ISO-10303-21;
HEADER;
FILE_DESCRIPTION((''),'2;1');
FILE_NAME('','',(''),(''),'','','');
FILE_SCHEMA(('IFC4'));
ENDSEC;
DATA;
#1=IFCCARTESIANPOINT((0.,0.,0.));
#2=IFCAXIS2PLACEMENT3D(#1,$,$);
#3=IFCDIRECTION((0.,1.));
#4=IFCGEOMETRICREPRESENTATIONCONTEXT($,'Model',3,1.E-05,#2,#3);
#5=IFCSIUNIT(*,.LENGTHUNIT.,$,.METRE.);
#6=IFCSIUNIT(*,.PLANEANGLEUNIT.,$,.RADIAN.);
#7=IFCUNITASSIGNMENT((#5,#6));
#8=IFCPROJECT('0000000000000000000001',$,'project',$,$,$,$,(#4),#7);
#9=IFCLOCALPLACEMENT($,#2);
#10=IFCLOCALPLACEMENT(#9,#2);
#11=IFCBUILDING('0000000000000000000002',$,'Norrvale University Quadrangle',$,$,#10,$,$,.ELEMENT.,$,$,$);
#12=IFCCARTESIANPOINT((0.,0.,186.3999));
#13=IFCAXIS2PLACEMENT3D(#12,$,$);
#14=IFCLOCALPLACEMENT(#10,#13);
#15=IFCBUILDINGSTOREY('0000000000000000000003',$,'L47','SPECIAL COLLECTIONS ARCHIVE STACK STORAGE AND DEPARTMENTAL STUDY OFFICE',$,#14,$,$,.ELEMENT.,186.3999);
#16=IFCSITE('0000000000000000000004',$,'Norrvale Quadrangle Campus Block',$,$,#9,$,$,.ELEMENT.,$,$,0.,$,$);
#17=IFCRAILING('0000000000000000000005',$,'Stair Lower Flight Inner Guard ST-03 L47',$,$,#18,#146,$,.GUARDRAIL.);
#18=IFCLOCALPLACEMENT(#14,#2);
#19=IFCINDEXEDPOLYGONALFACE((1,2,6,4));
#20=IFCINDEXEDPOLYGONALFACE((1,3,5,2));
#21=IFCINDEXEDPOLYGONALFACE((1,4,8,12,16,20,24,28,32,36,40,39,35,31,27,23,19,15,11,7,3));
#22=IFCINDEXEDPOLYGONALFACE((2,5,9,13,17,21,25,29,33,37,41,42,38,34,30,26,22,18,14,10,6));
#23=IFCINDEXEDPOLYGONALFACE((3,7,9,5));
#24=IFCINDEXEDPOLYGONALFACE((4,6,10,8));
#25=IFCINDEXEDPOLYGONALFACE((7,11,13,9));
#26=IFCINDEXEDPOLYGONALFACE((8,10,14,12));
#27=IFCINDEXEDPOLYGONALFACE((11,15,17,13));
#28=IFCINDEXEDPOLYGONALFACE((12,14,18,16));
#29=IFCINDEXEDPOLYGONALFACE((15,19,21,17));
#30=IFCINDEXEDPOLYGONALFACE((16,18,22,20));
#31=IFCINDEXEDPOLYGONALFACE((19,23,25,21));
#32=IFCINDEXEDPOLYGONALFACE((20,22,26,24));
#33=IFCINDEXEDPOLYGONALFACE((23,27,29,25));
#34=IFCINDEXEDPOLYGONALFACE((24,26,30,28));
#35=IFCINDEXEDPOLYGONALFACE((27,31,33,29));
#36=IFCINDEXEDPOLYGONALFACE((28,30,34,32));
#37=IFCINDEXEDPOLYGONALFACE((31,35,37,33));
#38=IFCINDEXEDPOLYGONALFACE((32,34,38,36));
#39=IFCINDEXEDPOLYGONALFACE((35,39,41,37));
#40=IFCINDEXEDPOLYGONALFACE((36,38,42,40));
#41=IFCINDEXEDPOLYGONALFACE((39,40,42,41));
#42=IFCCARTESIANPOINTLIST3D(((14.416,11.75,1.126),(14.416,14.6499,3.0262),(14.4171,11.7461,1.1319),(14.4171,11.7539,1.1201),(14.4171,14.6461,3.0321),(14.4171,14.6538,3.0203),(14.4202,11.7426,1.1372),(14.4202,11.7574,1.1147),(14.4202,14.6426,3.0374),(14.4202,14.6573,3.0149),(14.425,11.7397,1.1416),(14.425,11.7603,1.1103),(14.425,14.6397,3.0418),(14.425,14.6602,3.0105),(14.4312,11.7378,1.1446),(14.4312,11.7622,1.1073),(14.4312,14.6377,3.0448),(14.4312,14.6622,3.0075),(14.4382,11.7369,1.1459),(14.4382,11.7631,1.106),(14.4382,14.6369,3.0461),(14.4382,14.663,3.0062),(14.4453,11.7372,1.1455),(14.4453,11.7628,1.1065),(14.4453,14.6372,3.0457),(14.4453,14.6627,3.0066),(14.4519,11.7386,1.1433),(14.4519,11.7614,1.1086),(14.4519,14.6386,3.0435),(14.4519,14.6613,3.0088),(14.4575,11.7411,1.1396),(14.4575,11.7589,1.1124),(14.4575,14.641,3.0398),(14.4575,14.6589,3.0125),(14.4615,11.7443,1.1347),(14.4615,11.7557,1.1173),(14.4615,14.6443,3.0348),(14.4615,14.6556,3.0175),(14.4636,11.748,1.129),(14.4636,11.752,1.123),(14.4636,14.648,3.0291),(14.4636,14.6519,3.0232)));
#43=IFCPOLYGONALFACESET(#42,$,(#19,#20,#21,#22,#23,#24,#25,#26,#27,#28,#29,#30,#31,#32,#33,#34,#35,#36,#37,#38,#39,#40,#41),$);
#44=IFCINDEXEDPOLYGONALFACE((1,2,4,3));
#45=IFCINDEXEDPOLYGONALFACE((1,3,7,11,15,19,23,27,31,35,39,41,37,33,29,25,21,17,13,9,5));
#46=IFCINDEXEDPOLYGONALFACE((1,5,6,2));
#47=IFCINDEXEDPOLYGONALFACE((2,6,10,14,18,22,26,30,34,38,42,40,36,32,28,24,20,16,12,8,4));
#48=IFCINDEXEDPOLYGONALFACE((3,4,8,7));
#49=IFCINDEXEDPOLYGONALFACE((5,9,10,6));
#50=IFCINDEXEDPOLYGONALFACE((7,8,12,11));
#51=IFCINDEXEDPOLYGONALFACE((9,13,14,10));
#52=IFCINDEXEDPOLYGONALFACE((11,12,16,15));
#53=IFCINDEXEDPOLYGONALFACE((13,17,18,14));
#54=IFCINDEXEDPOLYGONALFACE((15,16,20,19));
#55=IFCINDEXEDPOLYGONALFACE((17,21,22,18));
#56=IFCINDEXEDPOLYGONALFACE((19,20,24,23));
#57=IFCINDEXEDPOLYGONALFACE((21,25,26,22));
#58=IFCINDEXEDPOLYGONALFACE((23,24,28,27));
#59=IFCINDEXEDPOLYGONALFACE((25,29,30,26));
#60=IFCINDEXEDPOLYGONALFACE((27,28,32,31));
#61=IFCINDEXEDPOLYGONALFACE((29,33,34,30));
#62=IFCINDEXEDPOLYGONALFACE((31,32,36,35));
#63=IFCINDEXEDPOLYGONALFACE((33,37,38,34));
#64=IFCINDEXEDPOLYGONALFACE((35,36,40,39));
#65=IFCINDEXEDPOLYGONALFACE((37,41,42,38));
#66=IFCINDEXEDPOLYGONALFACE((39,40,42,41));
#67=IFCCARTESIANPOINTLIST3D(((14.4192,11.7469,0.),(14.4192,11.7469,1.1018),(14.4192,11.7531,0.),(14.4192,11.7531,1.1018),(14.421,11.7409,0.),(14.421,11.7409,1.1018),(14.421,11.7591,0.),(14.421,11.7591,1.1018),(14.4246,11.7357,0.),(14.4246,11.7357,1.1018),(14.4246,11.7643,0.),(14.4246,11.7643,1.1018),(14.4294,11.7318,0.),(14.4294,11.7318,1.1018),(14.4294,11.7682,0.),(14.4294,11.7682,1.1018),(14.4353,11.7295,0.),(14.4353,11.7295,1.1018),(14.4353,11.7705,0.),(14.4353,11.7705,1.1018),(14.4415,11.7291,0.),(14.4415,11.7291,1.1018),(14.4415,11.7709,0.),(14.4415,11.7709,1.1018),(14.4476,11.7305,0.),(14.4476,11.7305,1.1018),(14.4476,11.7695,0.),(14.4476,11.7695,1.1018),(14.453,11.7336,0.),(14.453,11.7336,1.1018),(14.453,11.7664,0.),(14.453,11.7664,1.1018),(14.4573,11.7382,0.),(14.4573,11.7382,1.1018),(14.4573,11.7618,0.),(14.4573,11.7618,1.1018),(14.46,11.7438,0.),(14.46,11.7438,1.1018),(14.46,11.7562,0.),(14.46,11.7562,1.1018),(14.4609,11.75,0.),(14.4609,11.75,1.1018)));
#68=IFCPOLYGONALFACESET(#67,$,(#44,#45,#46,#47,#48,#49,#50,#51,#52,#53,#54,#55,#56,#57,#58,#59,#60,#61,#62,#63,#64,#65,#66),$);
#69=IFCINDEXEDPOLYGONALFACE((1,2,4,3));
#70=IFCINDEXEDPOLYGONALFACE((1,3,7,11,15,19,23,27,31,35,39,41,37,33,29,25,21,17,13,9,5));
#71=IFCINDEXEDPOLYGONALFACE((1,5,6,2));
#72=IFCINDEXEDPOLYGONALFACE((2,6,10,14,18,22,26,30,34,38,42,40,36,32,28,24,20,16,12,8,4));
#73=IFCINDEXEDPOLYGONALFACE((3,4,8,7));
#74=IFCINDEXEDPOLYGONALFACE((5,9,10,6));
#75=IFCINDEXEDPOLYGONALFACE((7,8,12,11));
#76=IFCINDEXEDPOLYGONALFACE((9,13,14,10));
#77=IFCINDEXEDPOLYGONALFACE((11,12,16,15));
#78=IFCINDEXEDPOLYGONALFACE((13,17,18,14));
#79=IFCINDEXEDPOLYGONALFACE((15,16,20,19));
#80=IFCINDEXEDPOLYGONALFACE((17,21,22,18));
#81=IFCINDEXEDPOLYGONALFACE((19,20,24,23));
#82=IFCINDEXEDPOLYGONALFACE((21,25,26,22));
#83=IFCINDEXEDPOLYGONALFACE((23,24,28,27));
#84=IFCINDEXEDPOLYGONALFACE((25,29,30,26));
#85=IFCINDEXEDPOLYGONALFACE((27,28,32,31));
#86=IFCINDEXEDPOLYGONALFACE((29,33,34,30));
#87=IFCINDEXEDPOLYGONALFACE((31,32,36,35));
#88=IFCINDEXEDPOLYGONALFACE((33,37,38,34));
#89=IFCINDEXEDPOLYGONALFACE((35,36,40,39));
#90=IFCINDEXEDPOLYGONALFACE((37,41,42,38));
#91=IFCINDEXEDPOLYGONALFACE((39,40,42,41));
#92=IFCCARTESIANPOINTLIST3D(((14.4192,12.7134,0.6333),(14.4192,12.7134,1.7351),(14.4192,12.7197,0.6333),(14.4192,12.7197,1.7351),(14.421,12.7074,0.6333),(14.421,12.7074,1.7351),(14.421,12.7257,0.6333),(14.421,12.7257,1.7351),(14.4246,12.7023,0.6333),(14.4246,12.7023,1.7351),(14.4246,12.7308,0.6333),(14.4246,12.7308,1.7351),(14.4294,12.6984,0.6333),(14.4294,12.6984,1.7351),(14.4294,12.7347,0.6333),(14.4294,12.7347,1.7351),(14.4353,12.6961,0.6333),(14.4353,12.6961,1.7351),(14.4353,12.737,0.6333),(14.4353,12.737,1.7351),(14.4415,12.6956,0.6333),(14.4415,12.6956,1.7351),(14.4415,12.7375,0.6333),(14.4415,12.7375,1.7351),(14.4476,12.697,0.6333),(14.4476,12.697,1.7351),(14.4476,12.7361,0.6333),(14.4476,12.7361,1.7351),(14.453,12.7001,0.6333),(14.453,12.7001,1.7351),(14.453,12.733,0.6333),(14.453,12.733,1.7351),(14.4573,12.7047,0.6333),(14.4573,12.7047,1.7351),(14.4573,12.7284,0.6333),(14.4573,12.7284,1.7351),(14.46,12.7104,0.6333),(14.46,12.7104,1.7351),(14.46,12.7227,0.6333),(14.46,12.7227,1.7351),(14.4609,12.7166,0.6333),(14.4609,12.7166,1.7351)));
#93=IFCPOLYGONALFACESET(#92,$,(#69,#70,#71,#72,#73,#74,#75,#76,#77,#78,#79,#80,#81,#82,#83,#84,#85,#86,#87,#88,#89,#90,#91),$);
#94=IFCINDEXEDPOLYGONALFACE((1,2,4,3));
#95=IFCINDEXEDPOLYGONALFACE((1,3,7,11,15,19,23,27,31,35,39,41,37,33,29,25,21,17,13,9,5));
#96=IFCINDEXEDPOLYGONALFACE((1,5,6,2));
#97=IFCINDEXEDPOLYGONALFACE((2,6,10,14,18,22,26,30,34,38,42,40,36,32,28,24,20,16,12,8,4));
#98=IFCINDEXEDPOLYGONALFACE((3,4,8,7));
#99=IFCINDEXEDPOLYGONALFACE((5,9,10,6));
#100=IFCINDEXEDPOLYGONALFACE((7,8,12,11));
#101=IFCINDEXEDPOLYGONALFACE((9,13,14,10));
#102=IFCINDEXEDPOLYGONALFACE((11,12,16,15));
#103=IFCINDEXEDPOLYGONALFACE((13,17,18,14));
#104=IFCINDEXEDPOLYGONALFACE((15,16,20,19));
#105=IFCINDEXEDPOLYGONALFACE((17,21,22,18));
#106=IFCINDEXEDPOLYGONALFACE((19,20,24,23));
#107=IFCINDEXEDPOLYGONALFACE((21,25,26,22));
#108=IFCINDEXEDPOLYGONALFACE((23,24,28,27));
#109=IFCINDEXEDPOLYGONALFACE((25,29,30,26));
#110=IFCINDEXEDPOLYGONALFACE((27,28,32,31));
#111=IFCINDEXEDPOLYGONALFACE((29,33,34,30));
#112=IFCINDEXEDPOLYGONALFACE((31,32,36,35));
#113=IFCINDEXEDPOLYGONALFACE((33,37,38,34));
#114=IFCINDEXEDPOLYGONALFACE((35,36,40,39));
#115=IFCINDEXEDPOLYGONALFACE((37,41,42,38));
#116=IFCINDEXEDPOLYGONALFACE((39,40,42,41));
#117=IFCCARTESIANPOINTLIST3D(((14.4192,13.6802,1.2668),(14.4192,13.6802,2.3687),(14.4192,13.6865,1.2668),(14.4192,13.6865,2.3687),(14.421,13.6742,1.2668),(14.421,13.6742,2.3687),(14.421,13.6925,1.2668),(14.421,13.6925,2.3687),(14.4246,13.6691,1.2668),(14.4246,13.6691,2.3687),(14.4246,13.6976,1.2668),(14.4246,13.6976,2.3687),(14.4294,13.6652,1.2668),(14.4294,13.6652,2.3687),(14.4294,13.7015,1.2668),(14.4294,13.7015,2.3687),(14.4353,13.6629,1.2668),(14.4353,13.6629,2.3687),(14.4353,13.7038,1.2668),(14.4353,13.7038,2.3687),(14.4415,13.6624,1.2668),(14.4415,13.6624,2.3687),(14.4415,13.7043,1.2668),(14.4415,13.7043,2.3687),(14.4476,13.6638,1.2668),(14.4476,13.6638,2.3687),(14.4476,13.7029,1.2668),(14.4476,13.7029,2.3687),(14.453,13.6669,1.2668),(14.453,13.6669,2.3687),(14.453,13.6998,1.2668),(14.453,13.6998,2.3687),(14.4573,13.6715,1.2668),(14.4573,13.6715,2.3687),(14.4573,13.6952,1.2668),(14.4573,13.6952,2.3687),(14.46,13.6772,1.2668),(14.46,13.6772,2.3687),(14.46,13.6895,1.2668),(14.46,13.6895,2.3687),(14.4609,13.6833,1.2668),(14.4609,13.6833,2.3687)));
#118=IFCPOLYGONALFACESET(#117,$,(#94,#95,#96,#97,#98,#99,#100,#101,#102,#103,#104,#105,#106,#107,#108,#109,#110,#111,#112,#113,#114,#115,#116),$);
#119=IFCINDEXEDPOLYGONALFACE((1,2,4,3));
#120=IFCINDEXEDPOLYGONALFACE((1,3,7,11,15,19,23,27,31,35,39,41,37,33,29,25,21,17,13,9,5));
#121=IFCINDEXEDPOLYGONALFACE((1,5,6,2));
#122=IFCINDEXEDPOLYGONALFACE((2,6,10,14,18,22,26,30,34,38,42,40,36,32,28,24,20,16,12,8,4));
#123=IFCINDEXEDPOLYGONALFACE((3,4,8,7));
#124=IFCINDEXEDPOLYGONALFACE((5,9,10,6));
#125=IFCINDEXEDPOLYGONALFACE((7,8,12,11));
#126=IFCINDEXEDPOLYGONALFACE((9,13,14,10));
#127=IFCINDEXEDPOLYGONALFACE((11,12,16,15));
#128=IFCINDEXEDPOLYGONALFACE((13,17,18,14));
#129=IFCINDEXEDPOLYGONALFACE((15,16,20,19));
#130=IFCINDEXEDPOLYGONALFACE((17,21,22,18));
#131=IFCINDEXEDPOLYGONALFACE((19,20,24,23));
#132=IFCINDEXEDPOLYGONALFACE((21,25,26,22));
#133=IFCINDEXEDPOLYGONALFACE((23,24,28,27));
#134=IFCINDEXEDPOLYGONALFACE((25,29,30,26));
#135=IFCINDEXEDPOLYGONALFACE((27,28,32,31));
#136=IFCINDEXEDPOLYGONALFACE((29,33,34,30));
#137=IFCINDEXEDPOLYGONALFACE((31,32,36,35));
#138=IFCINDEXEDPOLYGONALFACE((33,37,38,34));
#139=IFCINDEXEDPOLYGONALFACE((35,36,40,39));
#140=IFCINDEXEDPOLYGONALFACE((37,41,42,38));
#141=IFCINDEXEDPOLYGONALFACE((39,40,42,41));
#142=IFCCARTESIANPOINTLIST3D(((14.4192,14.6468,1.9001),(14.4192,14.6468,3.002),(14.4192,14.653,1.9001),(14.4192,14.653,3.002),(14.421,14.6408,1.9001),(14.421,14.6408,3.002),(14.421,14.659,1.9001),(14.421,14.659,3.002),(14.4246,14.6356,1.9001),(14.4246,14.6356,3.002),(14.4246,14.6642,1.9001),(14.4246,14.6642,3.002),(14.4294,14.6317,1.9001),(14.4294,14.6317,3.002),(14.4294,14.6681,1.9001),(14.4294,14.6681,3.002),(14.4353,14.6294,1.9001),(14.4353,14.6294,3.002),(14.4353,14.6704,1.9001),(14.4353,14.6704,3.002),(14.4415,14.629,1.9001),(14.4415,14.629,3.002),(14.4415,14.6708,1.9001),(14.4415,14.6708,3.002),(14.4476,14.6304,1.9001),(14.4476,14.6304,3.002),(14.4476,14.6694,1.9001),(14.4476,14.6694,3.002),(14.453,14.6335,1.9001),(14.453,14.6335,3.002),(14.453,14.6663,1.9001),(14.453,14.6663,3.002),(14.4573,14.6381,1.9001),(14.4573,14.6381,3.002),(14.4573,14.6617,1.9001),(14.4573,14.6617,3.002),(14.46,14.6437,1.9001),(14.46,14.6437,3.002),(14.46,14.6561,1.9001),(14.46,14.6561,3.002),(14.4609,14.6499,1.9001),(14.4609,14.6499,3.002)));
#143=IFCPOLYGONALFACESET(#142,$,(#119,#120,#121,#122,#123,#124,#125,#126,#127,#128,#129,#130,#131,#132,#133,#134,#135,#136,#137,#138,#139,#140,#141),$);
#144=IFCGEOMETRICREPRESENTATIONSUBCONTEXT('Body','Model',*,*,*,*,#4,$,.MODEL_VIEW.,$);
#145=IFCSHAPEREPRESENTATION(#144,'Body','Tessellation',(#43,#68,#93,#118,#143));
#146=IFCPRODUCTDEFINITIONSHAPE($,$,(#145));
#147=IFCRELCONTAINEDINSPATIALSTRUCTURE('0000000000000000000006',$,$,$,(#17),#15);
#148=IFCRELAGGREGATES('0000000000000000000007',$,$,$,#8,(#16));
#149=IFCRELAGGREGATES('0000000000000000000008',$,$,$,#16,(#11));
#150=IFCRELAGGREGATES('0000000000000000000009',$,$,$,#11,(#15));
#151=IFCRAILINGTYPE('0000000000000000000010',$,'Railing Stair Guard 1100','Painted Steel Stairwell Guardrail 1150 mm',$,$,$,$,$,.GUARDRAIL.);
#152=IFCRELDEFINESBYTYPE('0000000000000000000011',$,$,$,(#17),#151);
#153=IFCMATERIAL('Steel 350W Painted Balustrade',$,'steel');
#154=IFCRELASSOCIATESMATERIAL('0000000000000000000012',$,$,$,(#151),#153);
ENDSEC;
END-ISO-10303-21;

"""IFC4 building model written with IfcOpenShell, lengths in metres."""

from ifc_helpers import new_model, si_unit, direction, frame, origin, origin_2d, place, context, subcontext, project, spatial, circle, extrude, material, type_object, element, save


model = new_model("IFC4")

# Units and contexts
model_context = context("Model", 3, precision=1e-05, world=origin(), true_north=direction((0.0, 1.0)))
body_context = subcontext(model_context, "Body", "Model", "MODEL_VIEW")
ifc_project = project(units=[si_unit("LENGTHUNIT", "METRE"), si_unit("PLANEANGLEUNIT", "RADIAN")], contexts=[model_context])

# Site, building, storey
site_placement = place(None, origin())
site = spatial("IfcSite", under=ifc_project, at=site_placement, Name="Norrvale Quadrangle Campus Block", CompositionType="ELEMENT", RefElevation=0.0)
building_placement = place(site_placement, origin())
building = spatial("IfcBuilding", under=site, at=building_placement, Name="Norrvale University Quadrangle", CompositionType="ELEMENT")
storey_placement = place(building_placement, frame((0.0, 0.0, 186.3999)))
storey = spatial("IfcBuildingStorey", under=building, at=storey_placement, Name="L47", Description="SPECIAL COLLECTIONS ARCHIVE STACK STORAGE AND DEPARTMENTAL STUDY OFFICE", CompositionType="ELEMENT", Elevation=186.3999)

# Railing
ifc_material_1 = material(Name="Steel 350W Painted Balustrade", Category="steel")
railing_type_1 = type_object("IfcRailingType", Name="Railing Stair Guard 1100", Description="Painted Steel Stairwell Guardrail 1150 mm", PredefinedType="GUARDRAIL", material=ifc_material_1)
railing_1_placement = place(storey_placement, frame((14.4399, 11.75, 0.0)))
element("IfcRailing", 1, at=railing_1_placement, inside=storey, type_object=railing_type_1, Name="Stair Lower Flight Inner Guard ST-03 L47", PredefinedType="GUARDRAIL", context=body_context, shape_type="SweptSolid", body=[
    extrude(circle(Radius=0.0239, at=origin_2d()), frame((0.0, 0.0, 1.126), z_axis=(0.0, 0.836433, 0.548069), x_axis=(-1.0, 0.0, 0.0)), (0.0, 0.0, 1.0), 3.467),
    extrude(circle(Radius=0.021, at=origin_2d()), origin(), (0.0, 0.0, 1.0), 1.1018),
    extrude(circle(Radius=0.021, at=origin_2d()), frame((0.0, 0.9666, 0.6333)), (0.0, 0.0, 1.0), 1.1018),
    extrude(circle(Radius=0.021, at=origin_2d()), frame((0.0, 1.9333, 1.2668)), (0.0, 0.0, 1.0), 1.1018),
    extrude(circle(Radius=0.021, at=origin_2d()), frame((0.0, 2.8999, 1.9001)), (0.0, 0.0, 1.0), 1.1018),
])

save(model, "model.ifc")
